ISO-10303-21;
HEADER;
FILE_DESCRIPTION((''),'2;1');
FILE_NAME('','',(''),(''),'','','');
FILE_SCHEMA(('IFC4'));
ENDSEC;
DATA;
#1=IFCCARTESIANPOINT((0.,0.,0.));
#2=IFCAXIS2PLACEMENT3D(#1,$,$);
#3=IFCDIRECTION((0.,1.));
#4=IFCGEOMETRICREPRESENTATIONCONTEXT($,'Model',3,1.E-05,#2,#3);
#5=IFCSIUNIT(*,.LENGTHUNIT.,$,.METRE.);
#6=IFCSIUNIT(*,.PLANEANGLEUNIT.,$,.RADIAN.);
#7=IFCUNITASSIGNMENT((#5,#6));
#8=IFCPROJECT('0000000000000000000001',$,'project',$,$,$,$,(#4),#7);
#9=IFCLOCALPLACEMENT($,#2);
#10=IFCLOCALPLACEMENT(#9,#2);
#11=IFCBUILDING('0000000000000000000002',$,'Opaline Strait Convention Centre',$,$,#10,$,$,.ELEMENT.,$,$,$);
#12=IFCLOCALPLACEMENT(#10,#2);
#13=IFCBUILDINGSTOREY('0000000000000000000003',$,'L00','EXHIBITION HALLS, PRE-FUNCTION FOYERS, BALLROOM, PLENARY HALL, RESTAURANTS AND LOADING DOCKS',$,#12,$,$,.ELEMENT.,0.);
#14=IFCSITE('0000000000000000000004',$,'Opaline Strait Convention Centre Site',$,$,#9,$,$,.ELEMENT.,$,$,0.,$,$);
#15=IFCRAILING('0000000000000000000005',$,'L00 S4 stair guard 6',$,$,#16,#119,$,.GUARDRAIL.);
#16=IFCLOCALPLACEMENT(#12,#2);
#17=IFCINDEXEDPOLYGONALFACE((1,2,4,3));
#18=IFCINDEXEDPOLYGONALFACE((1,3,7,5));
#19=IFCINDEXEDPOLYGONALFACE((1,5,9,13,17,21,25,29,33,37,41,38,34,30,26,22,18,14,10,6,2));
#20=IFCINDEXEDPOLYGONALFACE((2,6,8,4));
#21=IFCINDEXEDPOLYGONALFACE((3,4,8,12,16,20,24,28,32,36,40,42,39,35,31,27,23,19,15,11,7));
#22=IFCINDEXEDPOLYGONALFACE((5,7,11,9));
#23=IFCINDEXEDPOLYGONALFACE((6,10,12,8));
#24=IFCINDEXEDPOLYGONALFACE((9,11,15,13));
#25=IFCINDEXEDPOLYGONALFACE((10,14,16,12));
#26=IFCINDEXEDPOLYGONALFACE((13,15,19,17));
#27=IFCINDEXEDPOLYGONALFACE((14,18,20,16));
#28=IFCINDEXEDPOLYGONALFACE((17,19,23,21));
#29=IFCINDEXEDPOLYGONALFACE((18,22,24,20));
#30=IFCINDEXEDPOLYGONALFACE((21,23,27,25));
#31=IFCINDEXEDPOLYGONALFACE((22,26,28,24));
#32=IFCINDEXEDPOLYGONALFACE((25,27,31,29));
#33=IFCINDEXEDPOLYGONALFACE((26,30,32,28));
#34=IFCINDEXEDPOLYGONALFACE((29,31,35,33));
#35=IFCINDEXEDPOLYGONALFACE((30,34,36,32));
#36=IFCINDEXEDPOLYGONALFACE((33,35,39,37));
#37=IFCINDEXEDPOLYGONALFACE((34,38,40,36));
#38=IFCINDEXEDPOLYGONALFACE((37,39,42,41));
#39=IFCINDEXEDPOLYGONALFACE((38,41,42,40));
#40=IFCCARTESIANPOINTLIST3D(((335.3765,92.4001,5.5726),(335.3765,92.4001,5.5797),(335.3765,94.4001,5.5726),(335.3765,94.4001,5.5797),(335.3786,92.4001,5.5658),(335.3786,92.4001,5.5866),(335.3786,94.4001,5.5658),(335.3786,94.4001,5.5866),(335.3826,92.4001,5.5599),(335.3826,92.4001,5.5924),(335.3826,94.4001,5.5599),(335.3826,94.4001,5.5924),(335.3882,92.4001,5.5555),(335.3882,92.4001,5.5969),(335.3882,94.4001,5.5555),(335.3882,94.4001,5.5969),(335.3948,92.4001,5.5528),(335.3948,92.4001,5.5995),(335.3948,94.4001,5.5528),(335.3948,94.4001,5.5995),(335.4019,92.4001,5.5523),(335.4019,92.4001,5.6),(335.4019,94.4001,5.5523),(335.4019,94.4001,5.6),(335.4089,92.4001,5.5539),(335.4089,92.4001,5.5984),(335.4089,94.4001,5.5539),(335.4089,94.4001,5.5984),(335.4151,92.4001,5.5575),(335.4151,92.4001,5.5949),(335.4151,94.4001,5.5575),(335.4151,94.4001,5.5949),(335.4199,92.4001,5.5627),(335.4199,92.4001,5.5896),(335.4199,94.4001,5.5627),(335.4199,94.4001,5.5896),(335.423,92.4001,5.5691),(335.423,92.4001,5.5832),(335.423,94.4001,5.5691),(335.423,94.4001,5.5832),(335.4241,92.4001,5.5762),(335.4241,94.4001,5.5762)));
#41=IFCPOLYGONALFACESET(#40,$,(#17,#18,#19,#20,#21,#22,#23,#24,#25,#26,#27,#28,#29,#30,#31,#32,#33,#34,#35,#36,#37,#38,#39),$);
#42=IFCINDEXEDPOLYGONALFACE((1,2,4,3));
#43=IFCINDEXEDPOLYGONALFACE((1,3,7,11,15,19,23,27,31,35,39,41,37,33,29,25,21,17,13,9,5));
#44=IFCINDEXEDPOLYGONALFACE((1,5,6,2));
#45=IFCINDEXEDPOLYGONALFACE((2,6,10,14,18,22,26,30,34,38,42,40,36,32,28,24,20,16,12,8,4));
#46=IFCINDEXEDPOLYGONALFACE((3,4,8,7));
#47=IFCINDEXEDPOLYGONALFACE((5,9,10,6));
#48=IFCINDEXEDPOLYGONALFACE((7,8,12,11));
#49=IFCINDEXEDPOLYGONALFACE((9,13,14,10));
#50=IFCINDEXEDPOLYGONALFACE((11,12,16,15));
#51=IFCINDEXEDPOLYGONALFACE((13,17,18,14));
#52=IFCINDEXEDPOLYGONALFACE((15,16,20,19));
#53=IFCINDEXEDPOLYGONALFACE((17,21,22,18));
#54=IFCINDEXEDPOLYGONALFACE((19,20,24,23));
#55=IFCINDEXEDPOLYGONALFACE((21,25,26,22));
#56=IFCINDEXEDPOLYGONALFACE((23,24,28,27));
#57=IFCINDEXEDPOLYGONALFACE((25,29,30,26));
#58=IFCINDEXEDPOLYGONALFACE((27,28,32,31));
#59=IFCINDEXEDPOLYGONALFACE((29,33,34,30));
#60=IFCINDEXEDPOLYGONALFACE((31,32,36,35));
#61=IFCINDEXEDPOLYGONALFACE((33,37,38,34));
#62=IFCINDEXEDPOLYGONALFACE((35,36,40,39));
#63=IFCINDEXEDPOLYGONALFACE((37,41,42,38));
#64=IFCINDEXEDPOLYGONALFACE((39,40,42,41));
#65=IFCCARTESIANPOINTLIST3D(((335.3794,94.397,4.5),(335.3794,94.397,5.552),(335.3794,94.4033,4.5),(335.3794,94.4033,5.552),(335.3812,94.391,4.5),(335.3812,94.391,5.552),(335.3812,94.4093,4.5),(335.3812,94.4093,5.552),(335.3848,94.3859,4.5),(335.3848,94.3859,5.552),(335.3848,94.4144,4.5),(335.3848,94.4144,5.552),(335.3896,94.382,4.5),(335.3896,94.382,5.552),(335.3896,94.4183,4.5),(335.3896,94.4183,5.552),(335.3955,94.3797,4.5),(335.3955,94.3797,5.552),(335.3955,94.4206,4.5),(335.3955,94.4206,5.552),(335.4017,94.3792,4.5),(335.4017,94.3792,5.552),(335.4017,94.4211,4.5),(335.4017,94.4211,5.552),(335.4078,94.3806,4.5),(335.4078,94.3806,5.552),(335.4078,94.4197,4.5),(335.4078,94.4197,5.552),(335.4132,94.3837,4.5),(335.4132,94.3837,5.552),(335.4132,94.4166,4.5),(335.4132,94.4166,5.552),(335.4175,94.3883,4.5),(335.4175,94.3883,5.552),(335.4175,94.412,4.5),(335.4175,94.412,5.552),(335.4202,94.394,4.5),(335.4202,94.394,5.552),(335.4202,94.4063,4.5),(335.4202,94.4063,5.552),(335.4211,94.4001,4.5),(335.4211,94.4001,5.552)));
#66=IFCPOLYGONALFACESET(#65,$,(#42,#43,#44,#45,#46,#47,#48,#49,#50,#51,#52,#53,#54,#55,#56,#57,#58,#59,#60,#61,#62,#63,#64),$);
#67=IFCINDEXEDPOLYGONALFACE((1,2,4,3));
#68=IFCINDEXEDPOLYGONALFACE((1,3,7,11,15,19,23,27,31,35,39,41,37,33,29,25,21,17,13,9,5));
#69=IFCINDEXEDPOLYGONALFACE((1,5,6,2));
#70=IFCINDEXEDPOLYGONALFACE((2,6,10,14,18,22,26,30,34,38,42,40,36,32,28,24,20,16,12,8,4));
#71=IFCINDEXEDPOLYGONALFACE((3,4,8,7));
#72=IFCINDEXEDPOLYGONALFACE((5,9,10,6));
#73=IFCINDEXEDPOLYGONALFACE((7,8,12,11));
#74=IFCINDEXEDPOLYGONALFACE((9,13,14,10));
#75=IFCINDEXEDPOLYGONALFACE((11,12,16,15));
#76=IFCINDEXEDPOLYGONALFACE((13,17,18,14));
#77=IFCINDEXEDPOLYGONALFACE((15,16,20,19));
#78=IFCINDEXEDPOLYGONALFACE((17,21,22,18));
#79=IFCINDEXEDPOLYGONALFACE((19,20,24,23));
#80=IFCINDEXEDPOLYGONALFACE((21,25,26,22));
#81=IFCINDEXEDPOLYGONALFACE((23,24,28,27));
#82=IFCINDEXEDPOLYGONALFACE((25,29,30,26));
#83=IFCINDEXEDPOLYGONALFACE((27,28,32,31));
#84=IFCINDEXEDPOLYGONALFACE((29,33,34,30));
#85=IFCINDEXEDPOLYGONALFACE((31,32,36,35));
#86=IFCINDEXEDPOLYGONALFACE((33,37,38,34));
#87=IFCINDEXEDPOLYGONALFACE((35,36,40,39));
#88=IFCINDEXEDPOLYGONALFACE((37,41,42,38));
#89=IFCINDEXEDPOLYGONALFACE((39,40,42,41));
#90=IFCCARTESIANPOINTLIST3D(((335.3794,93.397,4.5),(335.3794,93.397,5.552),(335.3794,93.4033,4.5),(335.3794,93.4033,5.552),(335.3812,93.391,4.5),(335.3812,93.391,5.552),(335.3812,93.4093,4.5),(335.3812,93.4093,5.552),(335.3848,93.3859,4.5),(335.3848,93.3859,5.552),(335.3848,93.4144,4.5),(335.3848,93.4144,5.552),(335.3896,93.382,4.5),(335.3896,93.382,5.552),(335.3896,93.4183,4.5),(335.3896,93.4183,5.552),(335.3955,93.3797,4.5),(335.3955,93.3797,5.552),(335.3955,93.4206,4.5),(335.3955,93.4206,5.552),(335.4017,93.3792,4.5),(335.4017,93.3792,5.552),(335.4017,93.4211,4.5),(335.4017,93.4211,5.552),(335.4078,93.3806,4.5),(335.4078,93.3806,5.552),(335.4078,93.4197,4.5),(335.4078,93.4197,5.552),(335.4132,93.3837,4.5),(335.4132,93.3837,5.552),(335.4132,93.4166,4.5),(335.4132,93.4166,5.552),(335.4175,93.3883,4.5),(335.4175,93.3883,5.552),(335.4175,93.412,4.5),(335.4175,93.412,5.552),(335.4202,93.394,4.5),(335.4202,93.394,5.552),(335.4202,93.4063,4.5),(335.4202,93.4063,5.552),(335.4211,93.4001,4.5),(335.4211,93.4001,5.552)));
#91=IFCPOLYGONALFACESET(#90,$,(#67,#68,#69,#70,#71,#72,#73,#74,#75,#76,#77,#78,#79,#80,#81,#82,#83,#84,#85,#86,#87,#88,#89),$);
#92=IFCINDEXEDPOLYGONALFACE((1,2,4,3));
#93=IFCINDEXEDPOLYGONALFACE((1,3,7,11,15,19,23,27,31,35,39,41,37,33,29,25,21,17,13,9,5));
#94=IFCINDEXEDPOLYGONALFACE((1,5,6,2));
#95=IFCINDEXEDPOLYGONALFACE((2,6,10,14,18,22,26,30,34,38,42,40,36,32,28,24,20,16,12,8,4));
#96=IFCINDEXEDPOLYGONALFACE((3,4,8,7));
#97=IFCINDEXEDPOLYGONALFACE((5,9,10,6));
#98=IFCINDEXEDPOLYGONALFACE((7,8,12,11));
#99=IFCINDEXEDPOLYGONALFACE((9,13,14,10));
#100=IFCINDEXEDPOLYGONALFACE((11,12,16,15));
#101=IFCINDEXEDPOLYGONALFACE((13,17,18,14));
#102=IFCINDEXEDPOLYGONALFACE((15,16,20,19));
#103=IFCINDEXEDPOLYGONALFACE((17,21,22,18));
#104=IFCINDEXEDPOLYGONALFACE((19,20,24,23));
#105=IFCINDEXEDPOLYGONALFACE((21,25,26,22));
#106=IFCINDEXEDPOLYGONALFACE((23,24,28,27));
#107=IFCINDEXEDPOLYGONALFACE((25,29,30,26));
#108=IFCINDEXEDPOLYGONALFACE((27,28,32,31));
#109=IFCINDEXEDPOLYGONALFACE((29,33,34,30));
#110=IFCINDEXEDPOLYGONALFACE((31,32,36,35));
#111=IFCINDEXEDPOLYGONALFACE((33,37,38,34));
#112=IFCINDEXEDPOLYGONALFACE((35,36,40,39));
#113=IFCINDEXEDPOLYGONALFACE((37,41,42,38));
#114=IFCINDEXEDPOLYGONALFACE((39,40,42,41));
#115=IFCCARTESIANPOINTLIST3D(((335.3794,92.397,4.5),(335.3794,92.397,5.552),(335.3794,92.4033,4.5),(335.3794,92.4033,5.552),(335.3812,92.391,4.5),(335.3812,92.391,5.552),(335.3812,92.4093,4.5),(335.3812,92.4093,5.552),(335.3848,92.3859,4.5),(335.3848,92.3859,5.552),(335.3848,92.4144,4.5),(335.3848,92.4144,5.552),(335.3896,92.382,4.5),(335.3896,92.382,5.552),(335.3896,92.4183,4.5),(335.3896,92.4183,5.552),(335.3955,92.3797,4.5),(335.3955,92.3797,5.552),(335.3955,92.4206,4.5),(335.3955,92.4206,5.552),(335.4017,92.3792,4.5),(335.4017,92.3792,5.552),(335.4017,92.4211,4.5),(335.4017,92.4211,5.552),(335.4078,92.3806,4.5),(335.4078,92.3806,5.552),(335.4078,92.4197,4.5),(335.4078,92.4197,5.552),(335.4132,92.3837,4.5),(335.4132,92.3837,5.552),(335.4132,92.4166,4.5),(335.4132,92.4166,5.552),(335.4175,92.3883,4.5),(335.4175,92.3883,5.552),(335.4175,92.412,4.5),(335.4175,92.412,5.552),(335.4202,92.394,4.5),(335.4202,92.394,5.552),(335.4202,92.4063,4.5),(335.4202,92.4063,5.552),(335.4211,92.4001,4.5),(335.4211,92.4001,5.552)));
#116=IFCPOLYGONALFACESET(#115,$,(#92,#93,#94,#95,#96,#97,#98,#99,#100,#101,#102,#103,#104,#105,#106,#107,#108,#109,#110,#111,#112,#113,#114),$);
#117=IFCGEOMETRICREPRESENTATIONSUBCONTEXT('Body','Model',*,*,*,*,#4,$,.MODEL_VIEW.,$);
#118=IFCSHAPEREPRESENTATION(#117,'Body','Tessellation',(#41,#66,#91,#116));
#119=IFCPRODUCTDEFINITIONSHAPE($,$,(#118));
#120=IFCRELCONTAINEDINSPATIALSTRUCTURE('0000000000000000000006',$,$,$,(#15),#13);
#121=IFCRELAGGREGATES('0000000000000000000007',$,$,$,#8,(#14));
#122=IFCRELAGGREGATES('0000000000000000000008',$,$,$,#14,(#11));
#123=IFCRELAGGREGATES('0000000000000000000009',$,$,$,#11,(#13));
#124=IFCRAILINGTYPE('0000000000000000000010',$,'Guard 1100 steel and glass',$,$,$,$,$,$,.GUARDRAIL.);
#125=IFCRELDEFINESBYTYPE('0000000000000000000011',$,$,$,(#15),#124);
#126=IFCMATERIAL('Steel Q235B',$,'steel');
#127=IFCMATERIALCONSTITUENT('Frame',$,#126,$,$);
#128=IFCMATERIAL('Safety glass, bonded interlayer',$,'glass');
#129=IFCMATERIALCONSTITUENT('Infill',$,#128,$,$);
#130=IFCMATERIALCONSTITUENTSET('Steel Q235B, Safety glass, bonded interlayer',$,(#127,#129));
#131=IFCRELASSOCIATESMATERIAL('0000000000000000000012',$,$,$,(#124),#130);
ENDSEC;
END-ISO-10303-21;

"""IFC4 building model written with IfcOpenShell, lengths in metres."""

from ifc_helpers import new_model, si_unit, direction, frame, origin, origin_2d, place, context, subcontext, project, spatial, circle, extrude, material, constituent, constituent_set, type_object, element, save


model = new_model("IFC4")

# Units and contexts
model_context = context("Model", 3, precision=1e-05, world=origin(), true_north=direction((0.0, 1.0)))
body_context = subcontext(model_context, "Body", "Model", "MODEL_VIEW")
ifc_project = project(units=[si_unit("LENGTHUNIT", "METRE"), si_unit("PLANEANGLEUNIT", "RADIAN")], contexts=[model_context])

# Site, building, storey
site_placement = place(None, origin())
site = spatial("IfcSite", under=ifc_project, at=site_placement, Name="Opaline Strait Convention Centre Site", CompositionType="ELEMENT", RefElevation=0.0)
building_placement = place(site_placement, origin())
building = spatial("IfcBuilding", under=site, at=building_placement, Name="Opaline Strait Convention Centre", CompositionType="ELEMENT")
storey_placement = place(building_placement, origin())
storey = spatial("IfcBuildingStorey", under=building, at=storey_placement, Name="L00", Description="EXHIBITION HALLS, PRE-FUNCTION FOYERS, BALLROOM, PLENARY HALL, RESTAURANTS AND LOADING DOCKS", CompositionType="ELEMENT", Elevation=0.0)

# Railing
ifc_material_1 = material(Name="Steel Q235B", Category="steel")
ifc_constituent_1 = constituent(ifc_material_1, Name="Frame")
ifc_material_2 = material(Name="Safety glass, bonded interlayer", Category="glass")
ifc_constituent_2 = constituent(ifc_material_2, Name="Infill")
ifc_constituent_set = constituent_set(constituents=[ifc_constituent_1, ifc_constituent_2], Name="Steel Q235B, Safety glass, bonded interlayer")
railing_type_1 = type_object("IfcRailingType", Name="Guard 1100 steel and glass", PredefinedType="GUARDRAIL", material=ifc_constituent_set)
railing_1_placement = place(storey_placement, frame((335.4001, 94.4001, 4.5)))
element("IfcRailing", 1, at=railing_1_placement, inside=storey, type_object=railing_type_1, Name="L00 S4 stair guard 6", PredefinedType="GUARDRAIL", context=body_context, shape_type="SweptSolid", body=[
    extrude(circle(Radius=0.0239, at=origin_2d()), frame((0.0, 0.0, 1.0762), z_axis=(0.0, -1.0, 0.0), x_axis=(1.0, 0.0, 0.0)), (0.0, 0.0, 1.0), 2.0),
    extrude(circle(Radius=0.021, at=origin_2d()), origin(), (0.0, 0.0, 1.0), 1.052),
    extrude(circle(Radius=0.021, at=origin_2d()), frame((0.0, -1.0, 0.0)), (0.0, 0.0, 1.0), 1.052),
    extrude(circle(Radius=0.021, at=origin_2d()), frame((0.0, -2.0, 0.0)), (0.0, 0.0, 1.0), 1.052),
])

save(model, "model.ifc")
